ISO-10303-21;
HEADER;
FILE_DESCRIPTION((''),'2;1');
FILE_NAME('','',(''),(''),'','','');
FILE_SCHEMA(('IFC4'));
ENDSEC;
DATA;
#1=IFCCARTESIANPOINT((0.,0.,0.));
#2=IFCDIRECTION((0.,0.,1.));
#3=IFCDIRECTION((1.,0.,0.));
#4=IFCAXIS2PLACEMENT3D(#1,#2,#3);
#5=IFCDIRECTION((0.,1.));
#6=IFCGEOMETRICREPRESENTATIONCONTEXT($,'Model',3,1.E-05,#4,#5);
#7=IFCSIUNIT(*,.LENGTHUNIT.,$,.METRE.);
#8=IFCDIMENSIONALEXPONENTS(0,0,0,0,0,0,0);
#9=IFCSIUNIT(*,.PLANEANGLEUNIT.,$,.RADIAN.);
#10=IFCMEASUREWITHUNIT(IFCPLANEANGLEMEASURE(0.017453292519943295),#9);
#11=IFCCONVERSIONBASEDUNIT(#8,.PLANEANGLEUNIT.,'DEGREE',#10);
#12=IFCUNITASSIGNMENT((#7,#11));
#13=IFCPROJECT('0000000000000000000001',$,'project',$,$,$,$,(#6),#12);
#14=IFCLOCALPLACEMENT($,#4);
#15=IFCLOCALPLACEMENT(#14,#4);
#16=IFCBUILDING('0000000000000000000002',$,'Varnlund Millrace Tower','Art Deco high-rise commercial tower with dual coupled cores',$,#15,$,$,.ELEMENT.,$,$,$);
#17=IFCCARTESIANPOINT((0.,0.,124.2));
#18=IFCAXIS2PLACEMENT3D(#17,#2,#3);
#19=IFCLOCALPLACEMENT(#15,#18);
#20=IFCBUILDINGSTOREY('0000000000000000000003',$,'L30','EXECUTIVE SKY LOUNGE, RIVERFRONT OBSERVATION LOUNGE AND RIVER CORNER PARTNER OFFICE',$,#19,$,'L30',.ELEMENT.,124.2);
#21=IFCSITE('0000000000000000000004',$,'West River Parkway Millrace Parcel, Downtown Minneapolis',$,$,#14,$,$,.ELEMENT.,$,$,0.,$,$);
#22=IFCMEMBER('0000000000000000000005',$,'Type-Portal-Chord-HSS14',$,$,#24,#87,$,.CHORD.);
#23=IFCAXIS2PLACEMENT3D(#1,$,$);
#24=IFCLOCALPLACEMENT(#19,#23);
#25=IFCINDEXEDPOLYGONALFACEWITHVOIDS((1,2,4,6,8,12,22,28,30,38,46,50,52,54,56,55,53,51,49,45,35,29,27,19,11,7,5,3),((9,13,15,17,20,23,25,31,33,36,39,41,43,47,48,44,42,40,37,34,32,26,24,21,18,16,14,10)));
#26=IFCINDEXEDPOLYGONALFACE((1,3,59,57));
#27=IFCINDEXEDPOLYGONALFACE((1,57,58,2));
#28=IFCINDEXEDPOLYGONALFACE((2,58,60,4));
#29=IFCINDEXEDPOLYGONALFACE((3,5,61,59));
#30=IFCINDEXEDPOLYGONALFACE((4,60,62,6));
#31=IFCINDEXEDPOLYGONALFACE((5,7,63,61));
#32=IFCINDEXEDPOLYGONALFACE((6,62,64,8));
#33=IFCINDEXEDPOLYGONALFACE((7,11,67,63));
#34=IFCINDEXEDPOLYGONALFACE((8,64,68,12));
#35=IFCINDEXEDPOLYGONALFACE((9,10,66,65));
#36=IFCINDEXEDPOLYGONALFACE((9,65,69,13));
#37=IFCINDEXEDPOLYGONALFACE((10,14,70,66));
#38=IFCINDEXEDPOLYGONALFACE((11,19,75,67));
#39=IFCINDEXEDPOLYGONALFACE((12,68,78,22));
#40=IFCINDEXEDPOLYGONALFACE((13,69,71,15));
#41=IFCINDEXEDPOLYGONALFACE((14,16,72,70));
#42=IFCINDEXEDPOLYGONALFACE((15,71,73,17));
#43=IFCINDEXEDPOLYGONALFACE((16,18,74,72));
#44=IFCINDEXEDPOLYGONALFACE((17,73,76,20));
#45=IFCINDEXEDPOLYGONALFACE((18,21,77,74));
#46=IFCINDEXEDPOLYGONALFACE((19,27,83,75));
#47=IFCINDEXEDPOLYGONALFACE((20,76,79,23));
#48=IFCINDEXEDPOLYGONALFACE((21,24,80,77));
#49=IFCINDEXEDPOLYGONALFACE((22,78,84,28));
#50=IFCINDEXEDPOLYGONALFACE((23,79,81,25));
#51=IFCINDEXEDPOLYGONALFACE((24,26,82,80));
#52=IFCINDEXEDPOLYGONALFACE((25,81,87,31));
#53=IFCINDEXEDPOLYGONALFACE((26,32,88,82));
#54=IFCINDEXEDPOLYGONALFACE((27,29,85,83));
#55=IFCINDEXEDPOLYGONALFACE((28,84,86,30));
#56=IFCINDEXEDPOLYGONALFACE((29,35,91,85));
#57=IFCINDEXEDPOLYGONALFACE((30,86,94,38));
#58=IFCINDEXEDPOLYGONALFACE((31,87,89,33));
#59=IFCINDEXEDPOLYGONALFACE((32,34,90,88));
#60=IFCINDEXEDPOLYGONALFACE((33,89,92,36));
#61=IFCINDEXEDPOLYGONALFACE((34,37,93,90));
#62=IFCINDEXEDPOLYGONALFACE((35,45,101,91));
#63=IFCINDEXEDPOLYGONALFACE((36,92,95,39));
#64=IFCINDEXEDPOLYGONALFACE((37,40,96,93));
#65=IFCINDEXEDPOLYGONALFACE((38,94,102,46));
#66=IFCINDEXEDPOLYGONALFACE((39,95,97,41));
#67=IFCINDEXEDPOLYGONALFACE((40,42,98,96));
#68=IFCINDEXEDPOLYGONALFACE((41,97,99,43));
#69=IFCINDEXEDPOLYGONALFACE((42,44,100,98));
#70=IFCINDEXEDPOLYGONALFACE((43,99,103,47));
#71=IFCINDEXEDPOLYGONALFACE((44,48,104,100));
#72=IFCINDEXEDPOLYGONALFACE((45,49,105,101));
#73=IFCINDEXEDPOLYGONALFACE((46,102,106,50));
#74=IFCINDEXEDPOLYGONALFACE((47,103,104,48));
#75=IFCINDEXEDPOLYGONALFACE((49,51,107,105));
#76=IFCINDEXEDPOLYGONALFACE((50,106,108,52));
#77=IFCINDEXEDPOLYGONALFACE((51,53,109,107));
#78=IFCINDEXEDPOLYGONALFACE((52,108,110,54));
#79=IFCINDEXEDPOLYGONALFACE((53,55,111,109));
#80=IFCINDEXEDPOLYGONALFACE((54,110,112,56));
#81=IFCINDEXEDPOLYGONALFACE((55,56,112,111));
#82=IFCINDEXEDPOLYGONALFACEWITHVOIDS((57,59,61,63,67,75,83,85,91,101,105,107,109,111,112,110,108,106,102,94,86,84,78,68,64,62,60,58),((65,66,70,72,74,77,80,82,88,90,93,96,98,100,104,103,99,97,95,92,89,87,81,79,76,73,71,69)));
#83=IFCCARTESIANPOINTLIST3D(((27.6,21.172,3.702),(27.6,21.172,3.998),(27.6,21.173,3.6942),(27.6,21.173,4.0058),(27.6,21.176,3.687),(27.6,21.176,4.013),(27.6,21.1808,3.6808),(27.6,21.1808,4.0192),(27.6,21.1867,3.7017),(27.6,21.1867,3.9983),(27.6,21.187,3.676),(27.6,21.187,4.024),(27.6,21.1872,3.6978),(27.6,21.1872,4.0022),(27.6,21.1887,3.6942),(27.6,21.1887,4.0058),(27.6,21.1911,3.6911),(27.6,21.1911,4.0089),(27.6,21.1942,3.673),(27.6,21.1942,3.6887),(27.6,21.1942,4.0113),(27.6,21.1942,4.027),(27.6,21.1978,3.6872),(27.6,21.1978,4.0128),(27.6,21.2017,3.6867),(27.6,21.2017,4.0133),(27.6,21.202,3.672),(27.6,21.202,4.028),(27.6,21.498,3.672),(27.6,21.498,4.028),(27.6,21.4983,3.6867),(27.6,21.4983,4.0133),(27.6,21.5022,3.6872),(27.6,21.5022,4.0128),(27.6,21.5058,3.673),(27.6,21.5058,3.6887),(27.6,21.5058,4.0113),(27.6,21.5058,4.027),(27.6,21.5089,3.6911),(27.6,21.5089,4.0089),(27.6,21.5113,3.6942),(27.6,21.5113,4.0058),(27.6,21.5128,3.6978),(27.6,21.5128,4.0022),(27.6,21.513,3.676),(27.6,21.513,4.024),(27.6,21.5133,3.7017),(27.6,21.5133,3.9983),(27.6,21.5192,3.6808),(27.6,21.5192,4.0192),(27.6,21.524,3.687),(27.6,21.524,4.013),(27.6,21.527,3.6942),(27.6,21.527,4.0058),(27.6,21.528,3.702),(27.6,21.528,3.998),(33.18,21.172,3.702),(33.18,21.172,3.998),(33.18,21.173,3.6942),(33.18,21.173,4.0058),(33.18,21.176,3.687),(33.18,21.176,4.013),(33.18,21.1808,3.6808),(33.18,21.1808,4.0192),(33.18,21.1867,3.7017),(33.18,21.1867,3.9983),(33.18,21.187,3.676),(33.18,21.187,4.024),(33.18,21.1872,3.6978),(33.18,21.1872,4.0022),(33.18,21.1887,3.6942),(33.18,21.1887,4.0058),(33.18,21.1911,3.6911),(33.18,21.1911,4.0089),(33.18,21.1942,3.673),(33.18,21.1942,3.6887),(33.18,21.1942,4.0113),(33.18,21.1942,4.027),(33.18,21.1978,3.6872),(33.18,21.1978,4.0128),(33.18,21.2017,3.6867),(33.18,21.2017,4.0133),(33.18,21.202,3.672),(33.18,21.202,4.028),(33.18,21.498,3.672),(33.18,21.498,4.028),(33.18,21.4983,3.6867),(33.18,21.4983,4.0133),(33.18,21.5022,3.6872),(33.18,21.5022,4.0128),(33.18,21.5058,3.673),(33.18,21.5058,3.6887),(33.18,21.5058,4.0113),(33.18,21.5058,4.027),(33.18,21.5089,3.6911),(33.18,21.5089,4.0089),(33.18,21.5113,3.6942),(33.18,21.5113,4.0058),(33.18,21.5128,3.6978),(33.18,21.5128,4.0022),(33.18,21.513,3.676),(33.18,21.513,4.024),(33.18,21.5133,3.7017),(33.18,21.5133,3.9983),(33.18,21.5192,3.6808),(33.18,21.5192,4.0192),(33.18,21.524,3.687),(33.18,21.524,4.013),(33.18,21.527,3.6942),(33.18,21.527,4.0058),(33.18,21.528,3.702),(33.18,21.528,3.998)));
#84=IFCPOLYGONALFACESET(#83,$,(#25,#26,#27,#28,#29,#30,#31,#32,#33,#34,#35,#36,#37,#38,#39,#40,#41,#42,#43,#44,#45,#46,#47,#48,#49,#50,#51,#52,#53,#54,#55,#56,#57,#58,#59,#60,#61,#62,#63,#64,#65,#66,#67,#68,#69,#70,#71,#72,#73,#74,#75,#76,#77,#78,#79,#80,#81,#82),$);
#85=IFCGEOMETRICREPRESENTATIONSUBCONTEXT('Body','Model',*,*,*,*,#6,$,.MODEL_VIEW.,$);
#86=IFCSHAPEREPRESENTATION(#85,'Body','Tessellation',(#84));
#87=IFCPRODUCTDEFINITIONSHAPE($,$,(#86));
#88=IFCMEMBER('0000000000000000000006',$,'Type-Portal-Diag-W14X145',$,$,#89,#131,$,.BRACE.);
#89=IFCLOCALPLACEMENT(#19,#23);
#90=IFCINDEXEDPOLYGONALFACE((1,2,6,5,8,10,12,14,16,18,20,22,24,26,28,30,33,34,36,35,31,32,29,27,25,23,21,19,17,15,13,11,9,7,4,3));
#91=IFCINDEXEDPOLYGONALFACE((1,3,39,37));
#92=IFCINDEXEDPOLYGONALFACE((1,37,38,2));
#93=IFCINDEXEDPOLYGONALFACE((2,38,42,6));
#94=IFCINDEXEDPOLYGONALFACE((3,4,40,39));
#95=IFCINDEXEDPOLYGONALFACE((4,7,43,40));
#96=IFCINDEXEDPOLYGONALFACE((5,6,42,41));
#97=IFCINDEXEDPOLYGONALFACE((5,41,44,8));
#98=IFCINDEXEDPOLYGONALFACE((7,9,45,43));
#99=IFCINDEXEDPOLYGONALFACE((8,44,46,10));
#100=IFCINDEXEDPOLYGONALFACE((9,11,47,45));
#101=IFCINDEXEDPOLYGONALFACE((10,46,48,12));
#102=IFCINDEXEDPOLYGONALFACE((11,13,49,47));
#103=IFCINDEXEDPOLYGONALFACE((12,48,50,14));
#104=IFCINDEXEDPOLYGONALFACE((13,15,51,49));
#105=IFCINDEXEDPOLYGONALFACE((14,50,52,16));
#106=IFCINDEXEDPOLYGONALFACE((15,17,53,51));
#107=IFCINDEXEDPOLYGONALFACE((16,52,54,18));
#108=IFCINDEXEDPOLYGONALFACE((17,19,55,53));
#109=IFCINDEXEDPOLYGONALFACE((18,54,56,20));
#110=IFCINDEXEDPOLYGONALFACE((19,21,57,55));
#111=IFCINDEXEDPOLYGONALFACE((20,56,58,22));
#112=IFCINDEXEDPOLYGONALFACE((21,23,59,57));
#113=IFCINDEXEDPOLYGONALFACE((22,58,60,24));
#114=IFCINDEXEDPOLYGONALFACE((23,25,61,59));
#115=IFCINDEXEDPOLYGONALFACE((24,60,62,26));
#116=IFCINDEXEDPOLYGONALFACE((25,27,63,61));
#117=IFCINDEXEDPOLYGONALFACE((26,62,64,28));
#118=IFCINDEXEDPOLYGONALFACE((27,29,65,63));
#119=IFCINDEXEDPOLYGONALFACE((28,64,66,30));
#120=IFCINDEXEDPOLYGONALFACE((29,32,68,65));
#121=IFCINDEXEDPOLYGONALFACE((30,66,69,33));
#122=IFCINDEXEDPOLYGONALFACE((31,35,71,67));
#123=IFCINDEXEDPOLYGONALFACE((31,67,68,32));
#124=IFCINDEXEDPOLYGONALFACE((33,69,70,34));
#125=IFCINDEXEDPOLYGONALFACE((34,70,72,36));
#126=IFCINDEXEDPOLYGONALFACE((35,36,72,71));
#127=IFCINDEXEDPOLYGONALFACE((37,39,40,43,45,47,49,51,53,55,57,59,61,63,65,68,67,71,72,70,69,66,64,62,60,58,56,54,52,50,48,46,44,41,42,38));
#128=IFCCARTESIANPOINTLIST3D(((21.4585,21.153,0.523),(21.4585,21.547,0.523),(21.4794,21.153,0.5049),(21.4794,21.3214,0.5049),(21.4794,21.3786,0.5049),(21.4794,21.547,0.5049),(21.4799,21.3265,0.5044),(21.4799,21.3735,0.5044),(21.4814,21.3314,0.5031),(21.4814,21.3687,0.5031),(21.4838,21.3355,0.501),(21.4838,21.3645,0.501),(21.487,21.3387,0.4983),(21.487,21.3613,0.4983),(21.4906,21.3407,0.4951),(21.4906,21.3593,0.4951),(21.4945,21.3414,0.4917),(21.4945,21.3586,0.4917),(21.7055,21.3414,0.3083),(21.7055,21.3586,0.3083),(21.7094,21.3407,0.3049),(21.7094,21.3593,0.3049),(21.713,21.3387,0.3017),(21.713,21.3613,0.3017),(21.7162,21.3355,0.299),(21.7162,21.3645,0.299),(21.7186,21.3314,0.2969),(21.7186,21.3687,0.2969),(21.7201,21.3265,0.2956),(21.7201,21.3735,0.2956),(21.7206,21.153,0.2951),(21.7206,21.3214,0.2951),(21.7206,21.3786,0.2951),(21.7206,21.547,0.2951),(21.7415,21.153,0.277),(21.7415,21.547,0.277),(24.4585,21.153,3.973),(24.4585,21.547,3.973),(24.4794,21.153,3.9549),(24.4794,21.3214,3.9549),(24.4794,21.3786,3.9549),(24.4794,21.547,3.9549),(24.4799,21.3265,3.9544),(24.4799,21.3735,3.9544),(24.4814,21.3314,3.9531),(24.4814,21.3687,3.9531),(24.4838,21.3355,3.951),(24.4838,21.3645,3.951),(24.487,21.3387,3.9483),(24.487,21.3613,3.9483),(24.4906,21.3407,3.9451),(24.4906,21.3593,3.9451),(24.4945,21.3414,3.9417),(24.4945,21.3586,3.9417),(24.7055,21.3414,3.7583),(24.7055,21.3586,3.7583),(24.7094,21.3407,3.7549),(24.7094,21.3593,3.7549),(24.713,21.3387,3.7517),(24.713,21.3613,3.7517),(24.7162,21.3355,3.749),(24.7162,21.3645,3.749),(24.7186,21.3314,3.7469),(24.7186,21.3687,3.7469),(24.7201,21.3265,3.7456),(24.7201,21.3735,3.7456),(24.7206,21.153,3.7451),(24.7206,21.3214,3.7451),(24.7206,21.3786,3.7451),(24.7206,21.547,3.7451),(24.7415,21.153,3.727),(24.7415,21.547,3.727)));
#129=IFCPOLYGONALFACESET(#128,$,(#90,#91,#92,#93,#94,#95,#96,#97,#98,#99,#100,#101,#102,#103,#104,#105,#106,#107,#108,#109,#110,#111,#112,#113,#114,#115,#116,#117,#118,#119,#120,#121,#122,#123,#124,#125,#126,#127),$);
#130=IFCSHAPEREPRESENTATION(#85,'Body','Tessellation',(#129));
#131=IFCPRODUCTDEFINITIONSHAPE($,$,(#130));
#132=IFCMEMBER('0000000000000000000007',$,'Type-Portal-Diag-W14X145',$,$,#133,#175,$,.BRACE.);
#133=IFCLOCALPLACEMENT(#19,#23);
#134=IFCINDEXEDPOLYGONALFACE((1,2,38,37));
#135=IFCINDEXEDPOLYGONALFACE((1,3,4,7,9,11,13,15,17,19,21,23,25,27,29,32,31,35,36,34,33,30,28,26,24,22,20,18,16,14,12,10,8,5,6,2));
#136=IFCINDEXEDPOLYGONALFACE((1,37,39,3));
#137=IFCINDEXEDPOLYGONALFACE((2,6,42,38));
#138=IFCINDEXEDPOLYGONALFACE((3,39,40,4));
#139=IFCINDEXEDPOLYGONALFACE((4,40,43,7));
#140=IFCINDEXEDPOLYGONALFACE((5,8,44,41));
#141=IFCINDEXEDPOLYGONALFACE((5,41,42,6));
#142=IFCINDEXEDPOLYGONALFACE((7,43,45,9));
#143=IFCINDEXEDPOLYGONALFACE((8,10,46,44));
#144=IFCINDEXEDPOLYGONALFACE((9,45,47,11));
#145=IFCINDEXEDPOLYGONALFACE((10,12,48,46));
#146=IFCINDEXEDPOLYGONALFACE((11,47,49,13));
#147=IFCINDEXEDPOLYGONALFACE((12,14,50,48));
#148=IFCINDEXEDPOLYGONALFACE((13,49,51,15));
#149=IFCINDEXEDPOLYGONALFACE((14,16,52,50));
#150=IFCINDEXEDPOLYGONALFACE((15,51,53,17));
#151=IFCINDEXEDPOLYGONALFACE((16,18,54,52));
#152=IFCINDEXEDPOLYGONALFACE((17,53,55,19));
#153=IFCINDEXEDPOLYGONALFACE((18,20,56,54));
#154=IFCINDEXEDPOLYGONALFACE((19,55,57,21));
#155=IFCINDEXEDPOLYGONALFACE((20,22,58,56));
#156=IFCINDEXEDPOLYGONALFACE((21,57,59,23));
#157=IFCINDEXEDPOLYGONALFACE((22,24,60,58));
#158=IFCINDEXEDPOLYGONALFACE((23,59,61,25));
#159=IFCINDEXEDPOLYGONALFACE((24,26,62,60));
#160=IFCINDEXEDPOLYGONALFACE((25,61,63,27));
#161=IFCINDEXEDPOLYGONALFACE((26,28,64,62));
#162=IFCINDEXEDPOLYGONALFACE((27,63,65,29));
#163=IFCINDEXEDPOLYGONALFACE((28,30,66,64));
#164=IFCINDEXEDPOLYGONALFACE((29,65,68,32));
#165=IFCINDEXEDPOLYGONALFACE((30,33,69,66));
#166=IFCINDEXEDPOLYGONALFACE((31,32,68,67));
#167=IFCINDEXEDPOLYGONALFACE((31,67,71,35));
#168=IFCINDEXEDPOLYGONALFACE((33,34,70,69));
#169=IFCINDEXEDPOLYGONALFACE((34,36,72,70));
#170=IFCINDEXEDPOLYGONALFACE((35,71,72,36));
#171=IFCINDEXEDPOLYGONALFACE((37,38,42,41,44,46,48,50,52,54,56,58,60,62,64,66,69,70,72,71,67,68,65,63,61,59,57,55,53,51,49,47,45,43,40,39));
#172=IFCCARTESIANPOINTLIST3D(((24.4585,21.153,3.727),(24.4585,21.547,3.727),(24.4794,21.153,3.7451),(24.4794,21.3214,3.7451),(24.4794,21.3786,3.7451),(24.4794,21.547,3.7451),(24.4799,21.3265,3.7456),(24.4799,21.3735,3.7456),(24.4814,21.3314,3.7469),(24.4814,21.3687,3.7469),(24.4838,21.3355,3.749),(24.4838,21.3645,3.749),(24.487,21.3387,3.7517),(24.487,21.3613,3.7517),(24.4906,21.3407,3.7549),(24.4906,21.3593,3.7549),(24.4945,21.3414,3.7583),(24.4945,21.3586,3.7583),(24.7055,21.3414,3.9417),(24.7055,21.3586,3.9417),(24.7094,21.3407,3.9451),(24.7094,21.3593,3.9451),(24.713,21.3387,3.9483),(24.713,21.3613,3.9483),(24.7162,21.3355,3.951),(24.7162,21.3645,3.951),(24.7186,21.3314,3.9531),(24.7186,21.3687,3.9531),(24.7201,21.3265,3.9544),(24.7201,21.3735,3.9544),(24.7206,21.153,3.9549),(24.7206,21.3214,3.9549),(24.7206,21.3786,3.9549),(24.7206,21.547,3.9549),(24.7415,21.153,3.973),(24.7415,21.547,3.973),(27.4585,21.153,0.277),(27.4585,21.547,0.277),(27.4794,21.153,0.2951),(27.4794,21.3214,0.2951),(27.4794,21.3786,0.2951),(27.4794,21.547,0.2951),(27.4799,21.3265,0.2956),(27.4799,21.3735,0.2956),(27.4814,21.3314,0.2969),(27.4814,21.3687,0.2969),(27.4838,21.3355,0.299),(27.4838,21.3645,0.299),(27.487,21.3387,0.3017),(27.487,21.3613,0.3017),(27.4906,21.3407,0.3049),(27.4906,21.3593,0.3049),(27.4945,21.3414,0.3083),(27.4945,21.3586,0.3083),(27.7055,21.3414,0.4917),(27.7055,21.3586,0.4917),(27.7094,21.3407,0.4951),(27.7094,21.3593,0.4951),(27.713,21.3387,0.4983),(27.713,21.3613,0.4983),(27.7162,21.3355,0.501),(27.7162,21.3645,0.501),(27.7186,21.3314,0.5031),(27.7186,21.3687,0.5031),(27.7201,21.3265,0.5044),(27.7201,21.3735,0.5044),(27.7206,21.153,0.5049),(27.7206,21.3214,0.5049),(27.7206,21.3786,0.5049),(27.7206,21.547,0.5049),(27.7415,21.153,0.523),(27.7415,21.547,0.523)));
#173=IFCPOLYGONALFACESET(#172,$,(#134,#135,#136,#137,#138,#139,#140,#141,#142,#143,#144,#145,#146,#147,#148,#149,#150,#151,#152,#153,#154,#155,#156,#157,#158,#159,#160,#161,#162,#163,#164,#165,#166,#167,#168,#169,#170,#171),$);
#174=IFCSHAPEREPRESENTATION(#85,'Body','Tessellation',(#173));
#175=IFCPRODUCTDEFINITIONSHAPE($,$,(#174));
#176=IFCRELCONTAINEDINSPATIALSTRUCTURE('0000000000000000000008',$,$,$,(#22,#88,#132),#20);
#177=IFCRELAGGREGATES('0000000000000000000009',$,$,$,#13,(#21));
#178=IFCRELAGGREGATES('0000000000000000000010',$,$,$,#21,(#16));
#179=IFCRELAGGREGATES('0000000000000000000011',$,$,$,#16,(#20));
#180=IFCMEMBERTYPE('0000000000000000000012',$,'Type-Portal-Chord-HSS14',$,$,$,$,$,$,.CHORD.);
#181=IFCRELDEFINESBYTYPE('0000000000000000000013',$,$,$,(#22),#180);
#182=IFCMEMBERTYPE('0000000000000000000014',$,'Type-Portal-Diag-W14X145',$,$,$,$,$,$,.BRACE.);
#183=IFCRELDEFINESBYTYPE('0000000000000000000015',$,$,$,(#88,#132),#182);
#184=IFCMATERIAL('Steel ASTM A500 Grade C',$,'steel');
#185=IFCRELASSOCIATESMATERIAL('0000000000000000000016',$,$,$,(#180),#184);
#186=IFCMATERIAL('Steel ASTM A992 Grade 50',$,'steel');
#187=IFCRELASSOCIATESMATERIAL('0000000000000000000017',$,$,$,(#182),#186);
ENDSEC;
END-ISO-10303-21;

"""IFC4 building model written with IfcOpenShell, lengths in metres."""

from ifc_helpers import new_model, entity, si_unit, converted_unit, direction, frame, origin_with_axes, origin_2d_with_axis, place, context, subcontext, project, spatial, hollow_rectangle, i_section, extrude, material, material_profile, profile_set, type_object, element, save


model = new_model("IFC4")

# Units and contexts
model_context = context("Model", 3, precision=1e-05, world=origin_with_axes(), true_north=direction((0.0, 1.0)))
body_context = subcontext(model_context, "Body", "Model", "MODEL_VIEW")
ifc_project = project(units=[si_unit("LENGTHUNIT", "METRE"), converted_unit("PLANEANGLEUNIT", "DEGREE", entity("IfcPlaneAngleMeasure", 0.017453292519943295), si_unit("PLANEANGLEUNIT", "RADIAN"), dimensions=[0, 0, 0, 0, 0, 0, 0])], contexts=[model_context])

# Site, building, storey
site_placement = place(None, origin_with_axes())
site = spatial("IfcSite", under=ifc_project, at=site_placement, Name="West River Parkway Millrace Parcel, Downtown Minneapolis", CompositionType="ELEMENT", RefElevation=0.0)
building_placement = place(site_placement, origin_with_axes())
building = spatial("IfcBuilding", under=site, at=building_placement, Name="Varnlund Millrace Tower", Description="Art Deco high-rise commercial tower with dual coupled cores", CompositionType="ELEMENT")
storey_placement = place(building_placement, frame((0.0, 0.0, 124.2), z_axis=(0.0, 0.0, 1.0), x_axis=(1.0, 0.0, 0.0)))
storey = spatial("IfcBuildingStorey", under=building, at=storey_placement, Name="L30", Description="EXECUTIVE SKY LOUNGE, RIVERFRONT OBSERVATION LOUNGE AND RIVER CORNER PARTNER OFFICE", LongName="L30", CompositionType="ELEMENT", Elevation=124.2)

# Members
ifc_material_1 = material(Name="Steel ASTM A500 Grade C", Category="steel")
ifc_material_profile_1 = material_profile(ifc_material_1, hollow_rectangle(XDim=0.356, YDim=0.356, WallThickness=0.0147, InnerFilletRadius=0.015, OuterFilletRadius=0.03, at=origin_2d_with_axis()), Name="Steel ASTM A500 Grade C")
ifc_profile_set_1 = profile_set([ifc_material_profile_1], Name="Steel ASTM A500 Grade C")
member_type_1 = type_object("IfcMemberType", Name="Type-Portal-Chord-HSS14", PredefinedType="CHORD", material=ifc_profile_set_1)
for number, where, z_axis, x_axis, name in (
    (1, (27.6, 21.35, 3.85), (1.0, 0.0, 0.0), (0.0, 1.0, 0.0), "Type-Portal-Chord-HSS14"),
):
    element("IfcMember", number, at=place(storey_placement, frame(where, z_axis=z_axis, x_axis=x_axis)), inside=storey, type_object=member_type_1, Name=name, PredefinedType="CHORD", context=body_context, shape_type="SweptSolid", body=[
        extrude(hollow_rectangle(XDim=0.356, YDim=0.356, WallThickness=0.0147, InnerFilletRadius=0.015, OuterFilletRadius=0.03, at=origin_2d_with_axis()), origin_with_axes(), (0.0, 0.0, 1.0), 5.58),
    ])
ifc_material_2 = material(Name="Steel ASTM A992 Grade 50", Category="steel")
ifc_material_profile_2 = material_profile(ifc_material_2, i_section(OverallWidth=0.394, OverallDepth=0.375, WebThickness=0.0173, FlangeThickness=0.0277, FilletRadius=0.02, at=origin_2d_with_axis()), Name="Steel ASTM A992 Grade 50")
ifc_profile_set_2 = profile_set([ifc_material_profile_2], Name="Steel ASTM A992 Grade 50")
member_type_2 = type_object("IfcMemberType", Name="Type-Portal-Diag-W14X145", PredefinedType="BRACE", material=ifc_profile_set_2)
for number, where, z_axis, x_axis, name in (
    (2, (21.6, 21.35, 0.4), (0.656179, 0.0, 0.754606), (0.0, 1.0, 0.0), "Type-Portal-Diag-W14X145"),
    (3, (24.6, 21.35, 3.85), (0.656179, 0.0, -0.754606), (0.0, 1.0, 0.0), "Type-Portal-Diag-W14X145"),
):
    element("IfcMember", number, at=place(storey_placement, frame(where, z_axis=z_axis, x_axis=x_axis)), inside=storey, type_object=member_type_2, Name=name, PredefinedType="BRACE", context=body_context, shape_type="SweptSolid", body=[
        extrude(i_section(OverallWidth=0.394, OverallDepth=0.375, WebThickness=0.0173, FlangeThickness=0.0277, FilletRadius=0.02, at=origin_2d_with_axis()), origin_with_axes(), (0.0, 0.0, 1.0), 4.5719),
    ])

save(model, "model.ifc")
